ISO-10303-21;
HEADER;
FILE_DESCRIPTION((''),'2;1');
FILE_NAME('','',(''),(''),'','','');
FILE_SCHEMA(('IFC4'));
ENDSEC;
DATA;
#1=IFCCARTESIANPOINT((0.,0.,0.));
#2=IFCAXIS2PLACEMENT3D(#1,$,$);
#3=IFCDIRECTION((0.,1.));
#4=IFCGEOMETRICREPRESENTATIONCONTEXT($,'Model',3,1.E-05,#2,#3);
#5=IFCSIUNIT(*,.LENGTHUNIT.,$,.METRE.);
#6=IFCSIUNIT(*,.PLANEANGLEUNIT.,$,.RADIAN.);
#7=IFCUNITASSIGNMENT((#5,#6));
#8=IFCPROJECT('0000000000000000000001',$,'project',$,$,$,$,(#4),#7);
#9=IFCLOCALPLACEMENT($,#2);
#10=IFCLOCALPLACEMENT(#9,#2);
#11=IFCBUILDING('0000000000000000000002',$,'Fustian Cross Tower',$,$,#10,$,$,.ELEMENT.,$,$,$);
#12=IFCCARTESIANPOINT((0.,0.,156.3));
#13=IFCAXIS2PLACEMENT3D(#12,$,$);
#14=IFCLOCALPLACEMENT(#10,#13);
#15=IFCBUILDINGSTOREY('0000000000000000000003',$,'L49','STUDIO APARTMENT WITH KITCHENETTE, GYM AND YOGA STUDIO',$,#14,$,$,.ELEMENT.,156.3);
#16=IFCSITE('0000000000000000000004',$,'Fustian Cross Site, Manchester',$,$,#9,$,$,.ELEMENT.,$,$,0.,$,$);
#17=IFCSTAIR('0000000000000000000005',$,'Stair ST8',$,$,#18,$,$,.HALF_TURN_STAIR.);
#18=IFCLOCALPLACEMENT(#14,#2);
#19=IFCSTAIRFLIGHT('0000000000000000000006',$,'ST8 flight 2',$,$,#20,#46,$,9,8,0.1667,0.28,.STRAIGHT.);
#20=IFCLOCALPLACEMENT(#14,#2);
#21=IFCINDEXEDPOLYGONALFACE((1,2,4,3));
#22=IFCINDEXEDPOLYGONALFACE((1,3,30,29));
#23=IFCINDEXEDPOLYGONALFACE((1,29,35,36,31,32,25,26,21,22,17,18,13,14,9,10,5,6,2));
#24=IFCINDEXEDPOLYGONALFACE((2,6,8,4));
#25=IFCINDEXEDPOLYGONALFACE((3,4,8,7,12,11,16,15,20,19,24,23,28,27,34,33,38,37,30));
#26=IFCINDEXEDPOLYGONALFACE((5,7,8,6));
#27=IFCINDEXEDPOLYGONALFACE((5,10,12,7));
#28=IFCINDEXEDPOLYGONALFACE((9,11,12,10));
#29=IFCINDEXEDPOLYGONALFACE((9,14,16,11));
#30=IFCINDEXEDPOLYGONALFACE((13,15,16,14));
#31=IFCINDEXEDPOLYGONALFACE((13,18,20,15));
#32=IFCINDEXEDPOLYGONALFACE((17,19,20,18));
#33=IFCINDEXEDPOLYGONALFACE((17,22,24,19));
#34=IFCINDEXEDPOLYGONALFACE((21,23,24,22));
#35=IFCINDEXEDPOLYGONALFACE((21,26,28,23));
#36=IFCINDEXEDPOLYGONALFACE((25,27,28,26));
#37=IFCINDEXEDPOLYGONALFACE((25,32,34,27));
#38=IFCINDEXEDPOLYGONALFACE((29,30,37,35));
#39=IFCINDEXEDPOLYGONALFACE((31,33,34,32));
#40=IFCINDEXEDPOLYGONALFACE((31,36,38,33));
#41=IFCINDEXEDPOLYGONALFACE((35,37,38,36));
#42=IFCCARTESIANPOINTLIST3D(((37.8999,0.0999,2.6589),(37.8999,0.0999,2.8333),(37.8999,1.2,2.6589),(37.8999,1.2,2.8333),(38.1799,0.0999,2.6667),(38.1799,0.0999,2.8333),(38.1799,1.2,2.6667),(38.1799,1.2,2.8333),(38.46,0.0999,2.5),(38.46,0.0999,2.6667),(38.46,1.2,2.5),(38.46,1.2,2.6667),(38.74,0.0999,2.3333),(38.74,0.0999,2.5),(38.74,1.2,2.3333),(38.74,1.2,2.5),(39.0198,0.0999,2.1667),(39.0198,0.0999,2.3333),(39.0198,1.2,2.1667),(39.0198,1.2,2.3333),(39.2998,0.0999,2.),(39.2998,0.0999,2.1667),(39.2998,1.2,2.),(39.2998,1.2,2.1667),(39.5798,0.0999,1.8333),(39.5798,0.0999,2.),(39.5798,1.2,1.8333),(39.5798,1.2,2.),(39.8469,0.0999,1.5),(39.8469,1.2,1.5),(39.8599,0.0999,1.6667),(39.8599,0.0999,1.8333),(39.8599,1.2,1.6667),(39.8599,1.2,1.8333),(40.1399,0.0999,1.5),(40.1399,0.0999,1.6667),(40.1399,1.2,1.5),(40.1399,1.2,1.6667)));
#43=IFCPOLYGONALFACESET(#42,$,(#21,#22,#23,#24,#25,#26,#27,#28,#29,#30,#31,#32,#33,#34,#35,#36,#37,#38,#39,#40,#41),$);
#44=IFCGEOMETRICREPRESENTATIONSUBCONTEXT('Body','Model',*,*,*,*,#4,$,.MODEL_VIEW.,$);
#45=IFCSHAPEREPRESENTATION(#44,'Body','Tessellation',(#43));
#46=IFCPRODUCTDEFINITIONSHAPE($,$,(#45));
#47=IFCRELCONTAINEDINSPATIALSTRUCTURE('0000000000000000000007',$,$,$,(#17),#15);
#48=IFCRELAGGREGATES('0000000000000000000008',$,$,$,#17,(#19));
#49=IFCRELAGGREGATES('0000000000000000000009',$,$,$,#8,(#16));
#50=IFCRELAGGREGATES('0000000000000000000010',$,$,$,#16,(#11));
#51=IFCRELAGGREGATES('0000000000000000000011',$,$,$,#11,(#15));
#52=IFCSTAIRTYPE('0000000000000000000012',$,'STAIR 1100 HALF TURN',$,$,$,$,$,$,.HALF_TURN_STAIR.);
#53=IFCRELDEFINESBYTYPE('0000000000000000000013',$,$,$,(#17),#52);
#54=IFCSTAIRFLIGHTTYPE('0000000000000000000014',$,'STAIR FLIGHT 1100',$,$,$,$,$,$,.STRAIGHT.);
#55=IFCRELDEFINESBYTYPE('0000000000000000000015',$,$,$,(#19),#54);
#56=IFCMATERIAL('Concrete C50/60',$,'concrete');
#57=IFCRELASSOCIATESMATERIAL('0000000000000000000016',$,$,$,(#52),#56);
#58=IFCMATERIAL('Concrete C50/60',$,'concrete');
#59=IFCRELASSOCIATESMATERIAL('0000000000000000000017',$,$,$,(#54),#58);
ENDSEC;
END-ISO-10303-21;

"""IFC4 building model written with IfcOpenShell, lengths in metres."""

from ifc_helpers import new_model, si_unit, direction, frame, origin, place, context, subcontext, project, spatial, polyline, outline, extrude, material, type_object, element, aggregate, save


model = new_model("IFC4")

# Units and contexts
model_context = context("Model", 3, precision=1e-05, world=origin(), true_north=direction((0.0, 1.0)))
body_context = subcontext(model_context, "Body", "Model", "MODEL_VIEW")
ifc_project = project(units=[si_unit("LENGTHUNIT", "METRE"), si_unit("PLANEANGLEUNIT", "RADIAN")], contexts=[model_context])

# Site, building, storey
site_placement = place(None, origin())
site = spatial("IfcSite", under=ifc_project, at=site_placement, Name="Fustian Cross Site, Manchester", CompositionType="ELEMENT", RefElevation=0.0)
building_placement = place(site_placement, origin())
building = spatial("IfcBuilding", under=site, at=building_placement, Name="Fustian Cross Tower", CompositionType="ELEMENT")
storey_placement = place(building_placement, frame((0.0, 0.0, 156.3)))
storey = spatial("IfcBuildingStorey", under=building, at=storey_placement, Name="L49", Description="STUDIO APARTMENT WITH KITCHENETTE, GYM AND YOGA STUDIO", CompositionType="ELEMENT", Elevation=156.3)

# Stair, stair flight
ifc_material_1 = material(Name="Concrete C50/60", Category="concrete")
stair_type = type_object("IfcStairType", Name="STAIR 1100 HALF TURN", PredefinedType="HALF_TURN_STAIR", material=ifc_material_1)
stair_placement = place(storey_placement, origin())
stair = element("IfcStair", 1, at=stair_placement, inside=storey, type_object=stair_type, Name="Stair ST8", PredefinedType="HALF_TURN_STAIR")
ifc_material_2 = material(Name="Concrete C50/60", Category="concrete")
stair_flight_type = type_object("IfcStairFlightType", Name="STAIR FLIGHT 1100", PredefinedType="STRAIGHT", material=ifc_material_2)
stair_flight_placement = place(storey_placement, frame((40.1399, 0.6499, 1.5), z_axis=(0.0, 0.0, 1.0), x_axis=(-1.0, 0.0, 0.0)))
stair_flight = element("IfcStairFlight", 2, at=stair_flight_placement, type_object=stair_flight_type, Name="ST8 flight 2", NumberOfRisers=9, NumberOfTreads=8, PredefinedType="STRAIGHT", RiserHeight=0.1667, TreadLength=0.28, context=body_context, shape_type="SweptSolid", body=[
    extrude(outline(polyline([(0.0, 0.0), (0.0, 0.1667), (0.28, 0.1667), (0.28, 0.3333), (0.5601, 0.3333), (0.5601, 0.5), (0.8401, 0.5), (0.8401, 0.6667), (1.1201, 0.6667), (1.1201, 0.8333), (1.3999, 0.8333), (1.3999, 1.0), (1.6799, 1.0), (1.6799, 1.1667), (1.96, 1.1667), (1.96, 1.3333), (2.24, 1.3333), (2.24, 1.5), (2.24, 1.1589), (0.293, 0.0), (0.0, 0.0)])), frame((0.0, 0.55, 0.0), z_axis=(0.0, -1.0, 0.0), x_axis=(1.0, 0.0, 0.0)), (0.0, 0.0, 1.0), 1.1001),
])
aggregate(stair, [stair_flight])

save(model, "model.ifc")
